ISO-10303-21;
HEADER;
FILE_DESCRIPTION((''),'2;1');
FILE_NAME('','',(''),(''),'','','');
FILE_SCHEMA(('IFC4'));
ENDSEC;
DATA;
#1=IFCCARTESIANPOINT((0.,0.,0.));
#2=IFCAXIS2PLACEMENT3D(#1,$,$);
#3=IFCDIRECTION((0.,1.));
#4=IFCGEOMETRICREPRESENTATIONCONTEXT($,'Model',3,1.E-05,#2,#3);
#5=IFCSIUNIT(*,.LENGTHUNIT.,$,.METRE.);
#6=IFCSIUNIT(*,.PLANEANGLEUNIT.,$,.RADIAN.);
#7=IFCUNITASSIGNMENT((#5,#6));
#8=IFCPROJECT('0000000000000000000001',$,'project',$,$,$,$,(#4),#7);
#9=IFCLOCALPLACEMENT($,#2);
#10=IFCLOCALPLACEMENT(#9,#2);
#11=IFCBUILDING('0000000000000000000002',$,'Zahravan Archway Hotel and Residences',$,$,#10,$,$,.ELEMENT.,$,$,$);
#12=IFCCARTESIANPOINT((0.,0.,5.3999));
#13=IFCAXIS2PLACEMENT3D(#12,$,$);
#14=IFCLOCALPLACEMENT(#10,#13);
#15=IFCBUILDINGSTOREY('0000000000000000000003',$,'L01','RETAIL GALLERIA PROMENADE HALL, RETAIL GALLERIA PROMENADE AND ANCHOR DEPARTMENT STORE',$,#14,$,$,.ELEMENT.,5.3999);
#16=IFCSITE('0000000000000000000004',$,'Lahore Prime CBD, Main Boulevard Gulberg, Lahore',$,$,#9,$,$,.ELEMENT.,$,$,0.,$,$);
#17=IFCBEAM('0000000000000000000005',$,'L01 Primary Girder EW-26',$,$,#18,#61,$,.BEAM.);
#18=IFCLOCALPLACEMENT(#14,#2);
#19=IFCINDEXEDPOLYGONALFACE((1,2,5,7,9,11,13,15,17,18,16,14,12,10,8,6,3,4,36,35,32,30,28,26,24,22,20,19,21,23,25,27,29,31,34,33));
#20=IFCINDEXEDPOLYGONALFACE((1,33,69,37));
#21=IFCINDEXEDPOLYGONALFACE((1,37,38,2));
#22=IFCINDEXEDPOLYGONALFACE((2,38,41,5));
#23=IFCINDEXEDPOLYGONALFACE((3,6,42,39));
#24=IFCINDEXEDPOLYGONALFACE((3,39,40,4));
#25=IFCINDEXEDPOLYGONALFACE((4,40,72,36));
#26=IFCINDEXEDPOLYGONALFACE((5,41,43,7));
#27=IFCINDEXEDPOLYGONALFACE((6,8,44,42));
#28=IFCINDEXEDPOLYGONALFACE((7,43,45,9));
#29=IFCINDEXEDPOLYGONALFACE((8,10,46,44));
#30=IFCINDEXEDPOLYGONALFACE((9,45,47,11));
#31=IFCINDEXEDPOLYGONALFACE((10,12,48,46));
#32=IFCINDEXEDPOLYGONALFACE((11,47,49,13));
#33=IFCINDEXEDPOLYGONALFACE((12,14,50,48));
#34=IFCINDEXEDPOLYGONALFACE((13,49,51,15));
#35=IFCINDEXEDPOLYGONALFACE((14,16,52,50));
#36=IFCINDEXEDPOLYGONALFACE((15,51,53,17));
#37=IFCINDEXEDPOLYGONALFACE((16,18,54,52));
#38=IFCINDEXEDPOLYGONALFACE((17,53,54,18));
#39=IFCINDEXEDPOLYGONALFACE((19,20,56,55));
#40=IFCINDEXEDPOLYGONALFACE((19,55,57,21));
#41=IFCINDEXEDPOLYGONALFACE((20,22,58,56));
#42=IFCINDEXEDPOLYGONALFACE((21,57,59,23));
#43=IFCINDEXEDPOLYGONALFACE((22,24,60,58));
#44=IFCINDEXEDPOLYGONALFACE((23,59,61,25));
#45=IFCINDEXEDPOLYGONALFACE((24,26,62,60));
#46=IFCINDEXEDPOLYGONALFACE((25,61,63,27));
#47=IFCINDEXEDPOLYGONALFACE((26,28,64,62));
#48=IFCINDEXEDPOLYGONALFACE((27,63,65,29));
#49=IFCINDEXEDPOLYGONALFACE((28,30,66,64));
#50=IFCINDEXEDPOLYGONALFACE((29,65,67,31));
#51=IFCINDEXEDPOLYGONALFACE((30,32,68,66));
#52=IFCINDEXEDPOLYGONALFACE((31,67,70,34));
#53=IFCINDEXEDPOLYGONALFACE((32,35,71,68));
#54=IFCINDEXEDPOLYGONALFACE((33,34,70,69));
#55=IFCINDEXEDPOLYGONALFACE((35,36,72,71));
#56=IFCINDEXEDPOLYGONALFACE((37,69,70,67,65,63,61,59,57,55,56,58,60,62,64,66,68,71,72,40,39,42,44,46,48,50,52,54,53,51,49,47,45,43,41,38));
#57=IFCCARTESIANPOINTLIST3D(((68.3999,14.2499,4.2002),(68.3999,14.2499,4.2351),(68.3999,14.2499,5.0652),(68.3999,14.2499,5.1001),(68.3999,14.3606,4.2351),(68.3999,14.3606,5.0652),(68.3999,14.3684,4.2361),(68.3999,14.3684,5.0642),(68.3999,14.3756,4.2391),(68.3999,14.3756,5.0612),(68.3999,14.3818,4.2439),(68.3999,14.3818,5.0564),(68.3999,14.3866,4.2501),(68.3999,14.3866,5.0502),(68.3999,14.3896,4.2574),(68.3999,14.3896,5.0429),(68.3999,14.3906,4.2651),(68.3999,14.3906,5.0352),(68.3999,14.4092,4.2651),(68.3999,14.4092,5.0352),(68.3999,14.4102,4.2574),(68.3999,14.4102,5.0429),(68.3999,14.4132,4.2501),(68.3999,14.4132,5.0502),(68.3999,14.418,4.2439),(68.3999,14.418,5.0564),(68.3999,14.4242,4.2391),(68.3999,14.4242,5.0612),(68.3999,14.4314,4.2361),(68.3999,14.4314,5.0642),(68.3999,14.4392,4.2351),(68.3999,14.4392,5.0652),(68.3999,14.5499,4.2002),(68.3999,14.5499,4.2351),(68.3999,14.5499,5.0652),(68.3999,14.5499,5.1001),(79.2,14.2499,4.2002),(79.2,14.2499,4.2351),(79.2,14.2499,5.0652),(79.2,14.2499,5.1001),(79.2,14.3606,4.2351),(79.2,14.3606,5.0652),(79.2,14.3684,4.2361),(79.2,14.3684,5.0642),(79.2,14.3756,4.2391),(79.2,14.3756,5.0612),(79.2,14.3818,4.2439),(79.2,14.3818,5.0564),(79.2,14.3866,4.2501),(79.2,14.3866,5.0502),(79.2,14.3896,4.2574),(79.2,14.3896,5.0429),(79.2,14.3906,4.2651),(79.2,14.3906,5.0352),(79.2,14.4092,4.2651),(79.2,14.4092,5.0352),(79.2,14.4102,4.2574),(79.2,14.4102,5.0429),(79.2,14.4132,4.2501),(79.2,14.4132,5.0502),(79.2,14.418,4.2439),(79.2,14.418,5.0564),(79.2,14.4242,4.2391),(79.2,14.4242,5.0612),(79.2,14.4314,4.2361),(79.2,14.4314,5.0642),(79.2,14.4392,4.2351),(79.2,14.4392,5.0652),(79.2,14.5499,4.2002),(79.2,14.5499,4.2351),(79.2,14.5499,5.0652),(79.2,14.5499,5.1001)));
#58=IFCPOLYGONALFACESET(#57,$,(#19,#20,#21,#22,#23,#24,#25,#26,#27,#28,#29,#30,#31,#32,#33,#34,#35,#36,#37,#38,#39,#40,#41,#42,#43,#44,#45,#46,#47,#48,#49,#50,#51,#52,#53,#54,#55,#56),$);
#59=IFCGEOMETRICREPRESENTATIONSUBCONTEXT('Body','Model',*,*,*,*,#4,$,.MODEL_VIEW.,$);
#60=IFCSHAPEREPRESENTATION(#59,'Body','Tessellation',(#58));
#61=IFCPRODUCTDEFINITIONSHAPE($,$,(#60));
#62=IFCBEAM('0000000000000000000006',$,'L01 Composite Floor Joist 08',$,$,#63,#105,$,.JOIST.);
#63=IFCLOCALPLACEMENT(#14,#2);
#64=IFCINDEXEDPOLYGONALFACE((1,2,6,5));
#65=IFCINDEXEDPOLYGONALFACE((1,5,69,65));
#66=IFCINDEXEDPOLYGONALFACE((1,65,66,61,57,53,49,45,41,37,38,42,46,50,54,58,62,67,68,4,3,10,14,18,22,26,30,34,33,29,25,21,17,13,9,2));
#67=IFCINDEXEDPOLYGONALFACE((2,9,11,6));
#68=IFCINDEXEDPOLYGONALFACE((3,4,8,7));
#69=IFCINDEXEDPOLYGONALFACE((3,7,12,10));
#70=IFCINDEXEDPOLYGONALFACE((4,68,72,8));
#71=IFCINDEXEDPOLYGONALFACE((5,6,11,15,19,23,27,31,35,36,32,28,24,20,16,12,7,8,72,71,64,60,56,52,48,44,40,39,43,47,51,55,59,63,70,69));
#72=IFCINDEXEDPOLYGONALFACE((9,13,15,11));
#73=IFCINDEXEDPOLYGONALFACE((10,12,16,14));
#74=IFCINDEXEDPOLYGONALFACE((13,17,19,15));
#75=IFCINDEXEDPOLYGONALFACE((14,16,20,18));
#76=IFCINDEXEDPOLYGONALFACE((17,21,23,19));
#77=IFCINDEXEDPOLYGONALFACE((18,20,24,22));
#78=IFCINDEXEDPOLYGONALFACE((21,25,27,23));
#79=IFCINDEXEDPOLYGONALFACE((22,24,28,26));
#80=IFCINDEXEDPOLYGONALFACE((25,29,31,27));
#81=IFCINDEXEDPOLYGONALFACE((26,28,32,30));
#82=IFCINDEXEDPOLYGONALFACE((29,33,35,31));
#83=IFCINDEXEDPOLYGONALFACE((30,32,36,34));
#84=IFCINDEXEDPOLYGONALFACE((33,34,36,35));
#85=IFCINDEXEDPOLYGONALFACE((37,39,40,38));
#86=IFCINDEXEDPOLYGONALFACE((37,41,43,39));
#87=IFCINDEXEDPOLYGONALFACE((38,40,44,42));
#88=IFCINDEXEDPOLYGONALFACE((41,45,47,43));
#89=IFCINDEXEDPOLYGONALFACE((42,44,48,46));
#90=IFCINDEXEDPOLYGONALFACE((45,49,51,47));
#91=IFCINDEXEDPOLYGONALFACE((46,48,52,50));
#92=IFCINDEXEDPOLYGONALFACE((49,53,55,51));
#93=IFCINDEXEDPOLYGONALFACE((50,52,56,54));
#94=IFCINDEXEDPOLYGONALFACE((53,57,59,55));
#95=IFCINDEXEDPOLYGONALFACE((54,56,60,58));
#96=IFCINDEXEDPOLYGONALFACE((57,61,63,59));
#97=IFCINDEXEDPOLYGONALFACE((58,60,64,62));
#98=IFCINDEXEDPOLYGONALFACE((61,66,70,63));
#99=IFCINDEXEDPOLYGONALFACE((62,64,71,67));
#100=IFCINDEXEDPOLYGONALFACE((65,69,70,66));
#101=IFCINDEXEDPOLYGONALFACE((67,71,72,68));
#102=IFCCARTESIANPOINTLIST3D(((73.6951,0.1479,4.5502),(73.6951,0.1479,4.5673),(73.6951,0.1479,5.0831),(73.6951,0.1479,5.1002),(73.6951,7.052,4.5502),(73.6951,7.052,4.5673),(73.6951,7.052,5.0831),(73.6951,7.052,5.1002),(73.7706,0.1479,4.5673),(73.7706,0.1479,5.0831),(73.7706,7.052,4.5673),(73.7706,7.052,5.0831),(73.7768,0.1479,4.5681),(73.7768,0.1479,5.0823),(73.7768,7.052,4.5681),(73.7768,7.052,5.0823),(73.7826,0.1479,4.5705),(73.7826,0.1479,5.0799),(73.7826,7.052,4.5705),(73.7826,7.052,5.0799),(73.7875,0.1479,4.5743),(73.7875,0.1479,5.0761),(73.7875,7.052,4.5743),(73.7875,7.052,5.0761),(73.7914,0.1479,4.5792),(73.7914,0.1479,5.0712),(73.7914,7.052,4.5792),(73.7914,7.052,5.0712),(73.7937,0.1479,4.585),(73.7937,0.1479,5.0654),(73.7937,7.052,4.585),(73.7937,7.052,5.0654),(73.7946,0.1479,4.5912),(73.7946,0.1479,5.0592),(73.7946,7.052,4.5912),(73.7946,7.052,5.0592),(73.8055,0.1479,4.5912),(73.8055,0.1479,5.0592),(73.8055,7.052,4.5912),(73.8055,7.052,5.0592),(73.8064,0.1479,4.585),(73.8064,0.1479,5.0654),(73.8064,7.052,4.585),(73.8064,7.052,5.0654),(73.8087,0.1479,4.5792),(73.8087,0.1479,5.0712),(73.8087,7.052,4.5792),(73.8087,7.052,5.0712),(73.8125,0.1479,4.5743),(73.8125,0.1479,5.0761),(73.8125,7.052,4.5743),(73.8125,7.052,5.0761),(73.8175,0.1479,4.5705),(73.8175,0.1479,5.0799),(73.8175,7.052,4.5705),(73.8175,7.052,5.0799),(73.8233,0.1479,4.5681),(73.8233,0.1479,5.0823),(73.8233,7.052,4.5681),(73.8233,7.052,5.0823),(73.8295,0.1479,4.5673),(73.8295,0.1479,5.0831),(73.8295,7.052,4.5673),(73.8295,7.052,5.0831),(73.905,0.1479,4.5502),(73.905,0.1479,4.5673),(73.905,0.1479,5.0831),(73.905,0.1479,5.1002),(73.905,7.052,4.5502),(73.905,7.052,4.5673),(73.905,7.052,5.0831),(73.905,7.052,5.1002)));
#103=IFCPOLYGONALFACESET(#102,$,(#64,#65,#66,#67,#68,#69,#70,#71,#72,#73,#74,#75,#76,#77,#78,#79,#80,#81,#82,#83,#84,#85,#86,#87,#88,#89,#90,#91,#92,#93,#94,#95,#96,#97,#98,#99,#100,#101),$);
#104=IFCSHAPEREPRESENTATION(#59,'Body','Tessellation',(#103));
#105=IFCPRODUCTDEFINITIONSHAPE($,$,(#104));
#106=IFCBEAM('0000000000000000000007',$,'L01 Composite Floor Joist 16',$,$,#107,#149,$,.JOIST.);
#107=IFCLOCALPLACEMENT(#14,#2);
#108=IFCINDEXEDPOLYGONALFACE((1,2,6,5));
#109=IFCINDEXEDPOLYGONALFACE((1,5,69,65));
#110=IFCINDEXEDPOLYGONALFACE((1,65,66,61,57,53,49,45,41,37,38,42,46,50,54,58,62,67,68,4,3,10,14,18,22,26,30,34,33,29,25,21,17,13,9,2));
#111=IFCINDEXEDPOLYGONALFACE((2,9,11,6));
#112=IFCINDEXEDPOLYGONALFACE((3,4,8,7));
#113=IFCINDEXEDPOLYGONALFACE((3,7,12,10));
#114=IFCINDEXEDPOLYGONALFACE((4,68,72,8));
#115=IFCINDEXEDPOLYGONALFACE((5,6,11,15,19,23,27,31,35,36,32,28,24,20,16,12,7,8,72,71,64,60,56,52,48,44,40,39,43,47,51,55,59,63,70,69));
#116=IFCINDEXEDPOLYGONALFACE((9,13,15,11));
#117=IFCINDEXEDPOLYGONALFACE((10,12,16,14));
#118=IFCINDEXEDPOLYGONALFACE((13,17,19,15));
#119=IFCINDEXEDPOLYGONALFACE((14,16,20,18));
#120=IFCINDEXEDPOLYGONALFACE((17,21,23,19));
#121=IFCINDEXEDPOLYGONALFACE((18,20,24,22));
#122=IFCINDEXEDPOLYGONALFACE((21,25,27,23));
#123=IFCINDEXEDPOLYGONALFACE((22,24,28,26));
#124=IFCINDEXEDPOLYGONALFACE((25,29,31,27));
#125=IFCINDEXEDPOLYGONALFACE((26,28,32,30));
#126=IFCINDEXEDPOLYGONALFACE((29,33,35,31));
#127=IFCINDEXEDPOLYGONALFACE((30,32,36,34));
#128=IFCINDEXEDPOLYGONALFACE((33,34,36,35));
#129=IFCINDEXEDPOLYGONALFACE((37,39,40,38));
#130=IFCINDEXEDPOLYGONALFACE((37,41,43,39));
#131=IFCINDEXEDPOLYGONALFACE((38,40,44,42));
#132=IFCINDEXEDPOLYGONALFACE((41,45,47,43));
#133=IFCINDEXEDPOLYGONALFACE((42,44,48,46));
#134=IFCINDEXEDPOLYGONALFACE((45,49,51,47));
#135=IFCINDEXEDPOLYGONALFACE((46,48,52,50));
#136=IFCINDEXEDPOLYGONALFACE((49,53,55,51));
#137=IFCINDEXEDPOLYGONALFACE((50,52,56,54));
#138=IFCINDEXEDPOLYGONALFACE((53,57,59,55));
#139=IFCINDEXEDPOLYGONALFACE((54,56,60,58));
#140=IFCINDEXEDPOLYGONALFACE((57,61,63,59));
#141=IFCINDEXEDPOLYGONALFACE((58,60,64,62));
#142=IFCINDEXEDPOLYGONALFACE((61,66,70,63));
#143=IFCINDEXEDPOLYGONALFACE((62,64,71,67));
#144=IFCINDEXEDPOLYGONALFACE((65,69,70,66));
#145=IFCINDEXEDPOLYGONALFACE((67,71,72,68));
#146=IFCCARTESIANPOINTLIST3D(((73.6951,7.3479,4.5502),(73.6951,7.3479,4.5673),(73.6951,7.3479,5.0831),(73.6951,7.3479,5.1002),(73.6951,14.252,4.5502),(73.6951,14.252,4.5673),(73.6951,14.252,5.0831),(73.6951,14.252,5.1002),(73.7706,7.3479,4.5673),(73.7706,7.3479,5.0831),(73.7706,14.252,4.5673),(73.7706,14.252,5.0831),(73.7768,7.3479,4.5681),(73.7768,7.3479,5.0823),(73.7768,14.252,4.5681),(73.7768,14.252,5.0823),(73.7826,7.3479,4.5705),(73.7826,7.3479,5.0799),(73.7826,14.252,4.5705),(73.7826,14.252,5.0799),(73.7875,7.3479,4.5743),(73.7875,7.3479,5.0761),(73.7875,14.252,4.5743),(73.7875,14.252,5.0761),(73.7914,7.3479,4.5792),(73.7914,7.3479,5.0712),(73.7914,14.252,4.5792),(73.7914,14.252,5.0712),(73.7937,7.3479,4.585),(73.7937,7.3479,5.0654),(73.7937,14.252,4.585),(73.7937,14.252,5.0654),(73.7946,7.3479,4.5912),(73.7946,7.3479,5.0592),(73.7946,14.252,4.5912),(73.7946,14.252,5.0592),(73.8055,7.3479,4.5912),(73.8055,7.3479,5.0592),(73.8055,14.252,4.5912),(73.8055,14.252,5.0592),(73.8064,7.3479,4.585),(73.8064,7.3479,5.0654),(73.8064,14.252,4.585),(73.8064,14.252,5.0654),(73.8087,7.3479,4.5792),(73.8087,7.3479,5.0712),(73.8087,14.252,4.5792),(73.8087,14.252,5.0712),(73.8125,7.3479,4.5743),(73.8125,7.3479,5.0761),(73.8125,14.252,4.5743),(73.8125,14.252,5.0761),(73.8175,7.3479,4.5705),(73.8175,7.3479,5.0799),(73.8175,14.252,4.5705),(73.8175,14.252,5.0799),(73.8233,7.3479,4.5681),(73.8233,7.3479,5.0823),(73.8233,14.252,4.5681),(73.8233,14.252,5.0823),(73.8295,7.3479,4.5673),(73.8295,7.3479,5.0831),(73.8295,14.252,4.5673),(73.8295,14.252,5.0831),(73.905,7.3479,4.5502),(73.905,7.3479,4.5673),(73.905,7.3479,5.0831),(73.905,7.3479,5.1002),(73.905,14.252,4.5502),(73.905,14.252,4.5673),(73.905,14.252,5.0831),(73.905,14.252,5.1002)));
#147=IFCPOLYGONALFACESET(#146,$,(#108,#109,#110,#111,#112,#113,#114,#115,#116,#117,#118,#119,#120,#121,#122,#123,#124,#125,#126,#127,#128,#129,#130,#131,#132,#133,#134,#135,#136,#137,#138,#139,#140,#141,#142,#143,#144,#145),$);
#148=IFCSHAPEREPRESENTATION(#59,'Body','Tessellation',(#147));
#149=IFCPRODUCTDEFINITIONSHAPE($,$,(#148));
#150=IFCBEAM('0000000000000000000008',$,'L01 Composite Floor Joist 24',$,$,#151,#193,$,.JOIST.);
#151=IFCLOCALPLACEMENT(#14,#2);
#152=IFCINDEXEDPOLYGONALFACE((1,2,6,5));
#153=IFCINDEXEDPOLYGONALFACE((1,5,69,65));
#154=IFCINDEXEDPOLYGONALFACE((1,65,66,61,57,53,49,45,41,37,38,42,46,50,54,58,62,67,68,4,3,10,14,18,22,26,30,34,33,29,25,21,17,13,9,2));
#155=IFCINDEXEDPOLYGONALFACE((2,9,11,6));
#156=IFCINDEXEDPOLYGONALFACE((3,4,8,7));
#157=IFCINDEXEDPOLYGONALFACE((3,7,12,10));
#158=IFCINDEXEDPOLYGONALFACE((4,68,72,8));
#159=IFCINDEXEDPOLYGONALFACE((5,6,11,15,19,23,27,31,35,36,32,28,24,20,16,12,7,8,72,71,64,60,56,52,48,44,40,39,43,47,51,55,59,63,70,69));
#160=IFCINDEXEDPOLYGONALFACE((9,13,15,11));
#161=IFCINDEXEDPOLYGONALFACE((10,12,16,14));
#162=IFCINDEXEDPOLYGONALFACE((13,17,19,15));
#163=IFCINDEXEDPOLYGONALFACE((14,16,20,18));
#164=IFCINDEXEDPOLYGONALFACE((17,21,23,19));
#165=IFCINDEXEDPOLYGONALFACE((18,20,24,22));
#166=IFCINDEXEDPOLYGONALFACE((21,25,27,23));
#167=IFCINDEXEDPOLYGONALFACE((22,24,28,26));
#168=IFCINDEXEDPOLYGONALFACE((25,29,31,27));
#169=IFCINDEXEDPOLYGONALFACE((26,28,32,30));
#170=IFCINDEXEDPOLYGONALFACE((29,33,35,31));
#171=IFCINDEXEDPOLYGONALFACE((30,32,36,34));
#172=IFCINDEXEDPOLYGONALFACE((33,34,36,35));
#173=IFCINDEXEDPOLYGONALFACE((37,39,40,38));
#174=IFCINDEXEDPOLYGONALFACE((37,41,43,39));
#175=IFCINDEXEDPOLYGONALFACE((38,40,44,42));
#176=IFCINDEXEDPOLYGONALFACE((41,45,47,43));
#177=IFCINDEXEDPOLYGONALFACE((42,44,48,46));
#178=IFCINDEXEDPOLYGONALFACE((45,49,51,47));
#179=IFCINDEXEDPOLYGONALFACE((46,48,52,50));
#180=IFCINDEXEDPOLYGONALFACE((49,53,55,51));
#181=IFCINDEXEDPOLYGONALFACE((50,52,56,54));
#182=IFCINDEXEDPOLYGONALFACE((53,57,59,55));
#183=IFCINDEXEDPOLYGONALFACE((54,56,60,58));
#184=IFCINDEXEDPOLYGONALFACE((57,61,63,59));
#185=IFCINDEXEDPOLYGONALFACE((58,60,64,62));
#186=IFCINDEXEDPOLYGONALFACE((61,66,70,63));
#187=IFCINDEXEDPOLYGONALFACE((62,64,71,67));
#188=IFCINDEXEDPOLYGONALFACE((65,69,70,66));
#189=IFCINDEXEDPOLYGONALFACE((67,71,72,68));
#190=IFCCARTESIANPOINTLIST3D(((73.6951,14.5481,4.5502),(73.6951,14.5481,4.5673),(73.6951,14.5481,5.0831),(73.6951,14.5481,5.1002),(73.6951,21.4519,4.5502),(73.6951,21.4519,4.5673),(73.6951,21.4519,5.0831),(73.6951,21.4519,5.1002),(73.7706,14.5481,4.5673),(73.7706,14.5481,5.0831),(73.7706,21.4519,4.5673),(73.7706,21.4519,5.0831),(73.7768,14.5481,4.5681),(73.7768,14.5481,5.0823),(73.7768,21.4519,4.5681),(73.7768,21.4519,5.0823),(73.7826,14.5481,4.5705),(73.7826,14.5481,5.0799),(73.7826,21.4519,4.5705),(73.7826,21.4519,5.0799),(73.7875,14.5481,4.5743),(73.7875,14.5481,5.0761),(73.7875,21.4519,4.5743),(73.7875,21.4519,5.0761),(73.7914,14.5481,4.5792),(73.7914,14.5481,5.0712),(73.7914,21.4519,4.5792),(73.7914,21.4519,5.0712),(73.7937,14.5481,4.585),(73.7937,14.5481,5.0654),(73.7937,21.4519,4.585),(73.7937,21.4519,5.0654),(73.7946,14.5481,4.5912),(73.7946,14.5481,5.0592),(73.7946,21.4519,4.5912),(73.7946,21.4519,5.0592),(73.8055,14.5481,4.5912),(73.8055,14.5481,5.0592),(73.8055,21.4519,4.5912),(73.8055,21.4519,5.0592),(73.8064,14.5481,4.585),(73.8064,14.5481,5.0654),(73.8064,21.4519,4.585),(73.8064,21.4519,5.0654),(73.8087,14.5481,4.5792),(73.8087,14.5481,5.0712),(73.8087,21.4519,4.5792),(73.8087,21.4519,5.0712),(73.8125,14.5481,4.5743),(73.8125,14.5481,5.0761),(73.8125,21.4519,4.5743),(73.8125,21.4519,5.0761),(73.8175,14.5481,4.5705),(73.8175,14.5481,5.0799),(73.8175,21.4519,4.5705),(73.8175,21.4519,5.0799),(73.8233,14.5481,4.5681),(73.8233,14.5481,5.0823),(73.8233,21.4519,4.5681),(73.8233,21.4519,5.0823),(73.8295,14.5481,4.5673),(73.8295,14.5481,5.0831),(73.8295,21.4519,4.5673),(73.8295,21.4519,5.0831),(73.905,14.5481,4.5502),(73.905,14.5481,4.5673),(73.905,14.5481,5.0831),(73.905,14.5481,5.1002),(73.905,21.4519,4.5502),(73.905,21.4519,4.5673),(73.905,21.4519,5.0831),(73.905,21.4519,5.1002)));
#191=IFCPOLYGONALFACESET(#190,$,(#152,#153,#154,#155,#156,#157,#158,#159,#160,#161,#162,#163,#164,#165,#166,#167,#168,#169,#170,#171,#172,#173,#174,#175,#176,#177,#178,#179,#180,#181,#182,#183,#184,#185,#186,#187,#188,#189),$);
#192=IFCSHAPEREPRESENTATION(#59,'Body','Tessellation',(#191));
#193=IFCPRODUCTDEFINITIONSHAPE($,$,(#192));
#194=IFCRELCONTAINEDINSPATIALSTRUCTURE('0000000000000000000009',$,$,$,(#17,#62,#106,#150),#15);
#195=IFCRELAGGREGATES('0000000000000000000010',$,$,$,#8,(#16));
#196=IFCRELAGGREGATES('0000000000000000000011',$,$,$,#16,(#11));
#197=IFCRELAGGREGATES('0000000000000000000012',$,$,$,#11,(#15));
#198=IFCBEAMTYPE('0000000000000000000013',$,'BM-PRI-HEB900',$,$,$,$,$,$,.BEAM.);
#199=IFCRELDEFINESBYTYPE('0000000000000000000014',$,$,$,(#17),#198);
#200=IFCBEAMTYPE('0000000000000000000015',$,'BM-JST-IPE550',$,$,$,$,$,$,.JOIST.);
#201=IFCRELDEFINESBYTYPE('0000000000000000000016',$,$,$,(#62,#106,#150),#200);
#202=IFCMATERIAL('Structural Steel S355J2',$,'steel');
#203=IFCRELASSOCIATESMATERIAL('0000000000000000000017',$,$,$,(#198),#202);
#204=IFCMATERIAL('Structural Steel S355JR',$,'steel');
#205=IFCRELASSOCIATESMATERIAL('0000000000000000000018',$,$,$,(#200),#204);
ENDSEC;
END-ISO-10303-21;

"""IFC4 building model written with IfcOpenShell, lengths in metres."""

from ifc_helpers import new_model, si_unit, direction, frame, origin, origin_2d, place, context, subcontext, project, spatial, i_section, extrude, source, transform, mapped, material, material_profile, profile_set, type_object, type_shapes, element, save


model = new_model("IFC4")

# Units and contexts
model_context = context("Model", 3, precision=1e-05, world=origin(), true_north=direction((0.0, 1.0)))
body_context = subcontext(model_context, "Body", "Model", "MODEL_VIEW")
ifc_project = project(units=[si_unit("LENGTHUNIT", "METRE"), si_unit("PLANEANGLEUNIT", "RADIAN")], contexts=[model_context])

# Site, building, storey
site_placement = place(None, origin())
site = spatial("IfcSite", under=ifc_project, at=site_placement, Name="Lahore Prime CBD, Main Boulevard Gulberg, Lahore", CompositionType="ELEMENT", RefElevation=0.0)
building_placement = place(site_placement, origin())
building = spatial("IfcBuilding", under=site, at=building_placement, Name="Zahravan Archway Hotel and Residences", CompositionType="ELEMENT")
storey_placement = place(building_placement, frame((0.0, 0.0, 5.3999)))
storey = spatial("IfcBuildingStorey", under=building, at=storey_placement, Name="L01", Description="RETAIL GALLERIA PROMENADE HALL, RETAIL GALLERIA PROMENADE AND ANCHOR DEPARTMENT STORE", CompositionType="ELEMENT", Elevation=5.3999)

# Beams
ifc_material_1 = material(Name="Structural Steel S355J2", Category="steel")
ifc_material_profile_1 = material_profile(ifc_material_1, i_section(OverallWidth=0.3, OverallDepth=0.8999, WebThickness=0.0186, FlangeThickness=0.0349, FilletRadius=0.03, at=origin_2d()), Name="HEB 900", Category="steel")
ifc_profile_set_1 = profile_set([ifc_material_profile_1], Name="Structural Steel S355J2")
beam_type_1 = type_object("IfcBeamType", Name="BM-PRI-HEB900", PredefinedType="BEAM", material=ifc_profile_set_1)
shared_shape_1 = source(origin(), body_context, "Body", "SweptSolid", [
    extrude(i_section(OverallWidth=0.3, OverallDepth=0.8999, WebThickness=0.0186, FlangeThickness=0.0349, FilletRadius=0.03, at=origin_2d()), origin(), (0.0, 0.0, 1.0), 10.8),
])
beam_1_placement = place(storey_placement, frame((68.3999, 14.3999, 4.6501), z_axis=(1.0, 0.0, 0.0), x_axis=(0.0, 1.0, 0.0)))
element("IfcBeam", 1, at=beam_1_placement, inside=storey, type_object=beam_type_1, Name="L01 Primary Girder EW-26", PredefinedType="BEAM", context=body_context, shape_type="MappedRepresentation", body=[
    mapped(shared_shape_1, transform((0.0, 0.0, 0.0), scale=1.0)),
])
ifc_material_2 = material(Name="Structural Steel S355JR", Category="steel")
ifc_material_profile_2 = material_profile(ifc_material_2, i_section(OverallWidth=0.21, OverallDepth=0.55, WebThickness=0.011, FlangeThickness=0.0171, FilletRadius=0.0239, at=origin_2d()), Name="IPE 550", Category="steel")
ifc_profile_set_2 = profile_set([ifc_material_profile_2], Name="Structural Steel S355JR")
beam_type_2 = type_object("IfcBeamType", Name="BM-JST-IPE550", PredefinedType="JOIST", material=ifc_profile_set_2)
shared_shape_2 = source(origin(), body_context, "Body", "SweptSolid", [
    extrude(i_section(OverallWidth=0.21, OverallDepth=0.55, WebThickness=0.011, FlangeThickness=0.0171, FilletRadius=0.0239, at=origin_2d()), origin(), (0.0, 0.0, 1.0), 6.9041),
])
type_shapes(beam_type_2, [shared_shape_2])
for number, where, z_axis, x_axis, name in (
    (2, (73.8, 0.1479, 4.8252), (0.0, 1.0, 0.0), (-1.0, 0.0, 0.0), "L01 Composite Floor Joist 08"),
    (3, (73.8, 7.3479, 4.8252), (0.0, 1.0, 0.0), (-1.0, 0.0, 0.0), "L01 Composite Floor Joist 16"),
):
    element("IfcBeam", number, at=place(storey_placement, frame(where, z_axis=z_axis, x_axis=x_axis)), inside=storey, type_object=beam_type_2, Name=name, PredefinedType="JOIST", context=body_context, shape_type="MappedRepresentation", body=[
        mapped(shared_shape_2, transform((0.0, 0.0, 0.0), scale=1.0)),
    ])
shared_shape_3 = source(origin(), body_context, "Body", "SweptSolid", [
    extrude(i_section(OverallWidth=0.21, OverallDepth=0.55, WebThickness=0.011, FlangeThickness=0.0171, FilletRadius=0.0239, at=origin_2d()), origin(), (0.0, 0.0, 1.0), 6.9038),
])
beam_2_placement = place(storey_placement, frame((73.8, 14.5481, 4.8252), z_axis=(0.0, 1.0, 0.0), x_axis=(-1.0, 0.0, 0.0)))
element("IfcBeam", 4, at=beam_2_placement, inside=storey, type_object=beam_type_2, Name="L01 Composite Floor Joist 24", PredefinedType="JOIST", context=body_context, shape_type="MappedRepresentation", body=[
    mapped(shared_shape_3, transform((0.0, 0.0, 0.0), scale=1.0)),
])

save(model, "model.ifc")
